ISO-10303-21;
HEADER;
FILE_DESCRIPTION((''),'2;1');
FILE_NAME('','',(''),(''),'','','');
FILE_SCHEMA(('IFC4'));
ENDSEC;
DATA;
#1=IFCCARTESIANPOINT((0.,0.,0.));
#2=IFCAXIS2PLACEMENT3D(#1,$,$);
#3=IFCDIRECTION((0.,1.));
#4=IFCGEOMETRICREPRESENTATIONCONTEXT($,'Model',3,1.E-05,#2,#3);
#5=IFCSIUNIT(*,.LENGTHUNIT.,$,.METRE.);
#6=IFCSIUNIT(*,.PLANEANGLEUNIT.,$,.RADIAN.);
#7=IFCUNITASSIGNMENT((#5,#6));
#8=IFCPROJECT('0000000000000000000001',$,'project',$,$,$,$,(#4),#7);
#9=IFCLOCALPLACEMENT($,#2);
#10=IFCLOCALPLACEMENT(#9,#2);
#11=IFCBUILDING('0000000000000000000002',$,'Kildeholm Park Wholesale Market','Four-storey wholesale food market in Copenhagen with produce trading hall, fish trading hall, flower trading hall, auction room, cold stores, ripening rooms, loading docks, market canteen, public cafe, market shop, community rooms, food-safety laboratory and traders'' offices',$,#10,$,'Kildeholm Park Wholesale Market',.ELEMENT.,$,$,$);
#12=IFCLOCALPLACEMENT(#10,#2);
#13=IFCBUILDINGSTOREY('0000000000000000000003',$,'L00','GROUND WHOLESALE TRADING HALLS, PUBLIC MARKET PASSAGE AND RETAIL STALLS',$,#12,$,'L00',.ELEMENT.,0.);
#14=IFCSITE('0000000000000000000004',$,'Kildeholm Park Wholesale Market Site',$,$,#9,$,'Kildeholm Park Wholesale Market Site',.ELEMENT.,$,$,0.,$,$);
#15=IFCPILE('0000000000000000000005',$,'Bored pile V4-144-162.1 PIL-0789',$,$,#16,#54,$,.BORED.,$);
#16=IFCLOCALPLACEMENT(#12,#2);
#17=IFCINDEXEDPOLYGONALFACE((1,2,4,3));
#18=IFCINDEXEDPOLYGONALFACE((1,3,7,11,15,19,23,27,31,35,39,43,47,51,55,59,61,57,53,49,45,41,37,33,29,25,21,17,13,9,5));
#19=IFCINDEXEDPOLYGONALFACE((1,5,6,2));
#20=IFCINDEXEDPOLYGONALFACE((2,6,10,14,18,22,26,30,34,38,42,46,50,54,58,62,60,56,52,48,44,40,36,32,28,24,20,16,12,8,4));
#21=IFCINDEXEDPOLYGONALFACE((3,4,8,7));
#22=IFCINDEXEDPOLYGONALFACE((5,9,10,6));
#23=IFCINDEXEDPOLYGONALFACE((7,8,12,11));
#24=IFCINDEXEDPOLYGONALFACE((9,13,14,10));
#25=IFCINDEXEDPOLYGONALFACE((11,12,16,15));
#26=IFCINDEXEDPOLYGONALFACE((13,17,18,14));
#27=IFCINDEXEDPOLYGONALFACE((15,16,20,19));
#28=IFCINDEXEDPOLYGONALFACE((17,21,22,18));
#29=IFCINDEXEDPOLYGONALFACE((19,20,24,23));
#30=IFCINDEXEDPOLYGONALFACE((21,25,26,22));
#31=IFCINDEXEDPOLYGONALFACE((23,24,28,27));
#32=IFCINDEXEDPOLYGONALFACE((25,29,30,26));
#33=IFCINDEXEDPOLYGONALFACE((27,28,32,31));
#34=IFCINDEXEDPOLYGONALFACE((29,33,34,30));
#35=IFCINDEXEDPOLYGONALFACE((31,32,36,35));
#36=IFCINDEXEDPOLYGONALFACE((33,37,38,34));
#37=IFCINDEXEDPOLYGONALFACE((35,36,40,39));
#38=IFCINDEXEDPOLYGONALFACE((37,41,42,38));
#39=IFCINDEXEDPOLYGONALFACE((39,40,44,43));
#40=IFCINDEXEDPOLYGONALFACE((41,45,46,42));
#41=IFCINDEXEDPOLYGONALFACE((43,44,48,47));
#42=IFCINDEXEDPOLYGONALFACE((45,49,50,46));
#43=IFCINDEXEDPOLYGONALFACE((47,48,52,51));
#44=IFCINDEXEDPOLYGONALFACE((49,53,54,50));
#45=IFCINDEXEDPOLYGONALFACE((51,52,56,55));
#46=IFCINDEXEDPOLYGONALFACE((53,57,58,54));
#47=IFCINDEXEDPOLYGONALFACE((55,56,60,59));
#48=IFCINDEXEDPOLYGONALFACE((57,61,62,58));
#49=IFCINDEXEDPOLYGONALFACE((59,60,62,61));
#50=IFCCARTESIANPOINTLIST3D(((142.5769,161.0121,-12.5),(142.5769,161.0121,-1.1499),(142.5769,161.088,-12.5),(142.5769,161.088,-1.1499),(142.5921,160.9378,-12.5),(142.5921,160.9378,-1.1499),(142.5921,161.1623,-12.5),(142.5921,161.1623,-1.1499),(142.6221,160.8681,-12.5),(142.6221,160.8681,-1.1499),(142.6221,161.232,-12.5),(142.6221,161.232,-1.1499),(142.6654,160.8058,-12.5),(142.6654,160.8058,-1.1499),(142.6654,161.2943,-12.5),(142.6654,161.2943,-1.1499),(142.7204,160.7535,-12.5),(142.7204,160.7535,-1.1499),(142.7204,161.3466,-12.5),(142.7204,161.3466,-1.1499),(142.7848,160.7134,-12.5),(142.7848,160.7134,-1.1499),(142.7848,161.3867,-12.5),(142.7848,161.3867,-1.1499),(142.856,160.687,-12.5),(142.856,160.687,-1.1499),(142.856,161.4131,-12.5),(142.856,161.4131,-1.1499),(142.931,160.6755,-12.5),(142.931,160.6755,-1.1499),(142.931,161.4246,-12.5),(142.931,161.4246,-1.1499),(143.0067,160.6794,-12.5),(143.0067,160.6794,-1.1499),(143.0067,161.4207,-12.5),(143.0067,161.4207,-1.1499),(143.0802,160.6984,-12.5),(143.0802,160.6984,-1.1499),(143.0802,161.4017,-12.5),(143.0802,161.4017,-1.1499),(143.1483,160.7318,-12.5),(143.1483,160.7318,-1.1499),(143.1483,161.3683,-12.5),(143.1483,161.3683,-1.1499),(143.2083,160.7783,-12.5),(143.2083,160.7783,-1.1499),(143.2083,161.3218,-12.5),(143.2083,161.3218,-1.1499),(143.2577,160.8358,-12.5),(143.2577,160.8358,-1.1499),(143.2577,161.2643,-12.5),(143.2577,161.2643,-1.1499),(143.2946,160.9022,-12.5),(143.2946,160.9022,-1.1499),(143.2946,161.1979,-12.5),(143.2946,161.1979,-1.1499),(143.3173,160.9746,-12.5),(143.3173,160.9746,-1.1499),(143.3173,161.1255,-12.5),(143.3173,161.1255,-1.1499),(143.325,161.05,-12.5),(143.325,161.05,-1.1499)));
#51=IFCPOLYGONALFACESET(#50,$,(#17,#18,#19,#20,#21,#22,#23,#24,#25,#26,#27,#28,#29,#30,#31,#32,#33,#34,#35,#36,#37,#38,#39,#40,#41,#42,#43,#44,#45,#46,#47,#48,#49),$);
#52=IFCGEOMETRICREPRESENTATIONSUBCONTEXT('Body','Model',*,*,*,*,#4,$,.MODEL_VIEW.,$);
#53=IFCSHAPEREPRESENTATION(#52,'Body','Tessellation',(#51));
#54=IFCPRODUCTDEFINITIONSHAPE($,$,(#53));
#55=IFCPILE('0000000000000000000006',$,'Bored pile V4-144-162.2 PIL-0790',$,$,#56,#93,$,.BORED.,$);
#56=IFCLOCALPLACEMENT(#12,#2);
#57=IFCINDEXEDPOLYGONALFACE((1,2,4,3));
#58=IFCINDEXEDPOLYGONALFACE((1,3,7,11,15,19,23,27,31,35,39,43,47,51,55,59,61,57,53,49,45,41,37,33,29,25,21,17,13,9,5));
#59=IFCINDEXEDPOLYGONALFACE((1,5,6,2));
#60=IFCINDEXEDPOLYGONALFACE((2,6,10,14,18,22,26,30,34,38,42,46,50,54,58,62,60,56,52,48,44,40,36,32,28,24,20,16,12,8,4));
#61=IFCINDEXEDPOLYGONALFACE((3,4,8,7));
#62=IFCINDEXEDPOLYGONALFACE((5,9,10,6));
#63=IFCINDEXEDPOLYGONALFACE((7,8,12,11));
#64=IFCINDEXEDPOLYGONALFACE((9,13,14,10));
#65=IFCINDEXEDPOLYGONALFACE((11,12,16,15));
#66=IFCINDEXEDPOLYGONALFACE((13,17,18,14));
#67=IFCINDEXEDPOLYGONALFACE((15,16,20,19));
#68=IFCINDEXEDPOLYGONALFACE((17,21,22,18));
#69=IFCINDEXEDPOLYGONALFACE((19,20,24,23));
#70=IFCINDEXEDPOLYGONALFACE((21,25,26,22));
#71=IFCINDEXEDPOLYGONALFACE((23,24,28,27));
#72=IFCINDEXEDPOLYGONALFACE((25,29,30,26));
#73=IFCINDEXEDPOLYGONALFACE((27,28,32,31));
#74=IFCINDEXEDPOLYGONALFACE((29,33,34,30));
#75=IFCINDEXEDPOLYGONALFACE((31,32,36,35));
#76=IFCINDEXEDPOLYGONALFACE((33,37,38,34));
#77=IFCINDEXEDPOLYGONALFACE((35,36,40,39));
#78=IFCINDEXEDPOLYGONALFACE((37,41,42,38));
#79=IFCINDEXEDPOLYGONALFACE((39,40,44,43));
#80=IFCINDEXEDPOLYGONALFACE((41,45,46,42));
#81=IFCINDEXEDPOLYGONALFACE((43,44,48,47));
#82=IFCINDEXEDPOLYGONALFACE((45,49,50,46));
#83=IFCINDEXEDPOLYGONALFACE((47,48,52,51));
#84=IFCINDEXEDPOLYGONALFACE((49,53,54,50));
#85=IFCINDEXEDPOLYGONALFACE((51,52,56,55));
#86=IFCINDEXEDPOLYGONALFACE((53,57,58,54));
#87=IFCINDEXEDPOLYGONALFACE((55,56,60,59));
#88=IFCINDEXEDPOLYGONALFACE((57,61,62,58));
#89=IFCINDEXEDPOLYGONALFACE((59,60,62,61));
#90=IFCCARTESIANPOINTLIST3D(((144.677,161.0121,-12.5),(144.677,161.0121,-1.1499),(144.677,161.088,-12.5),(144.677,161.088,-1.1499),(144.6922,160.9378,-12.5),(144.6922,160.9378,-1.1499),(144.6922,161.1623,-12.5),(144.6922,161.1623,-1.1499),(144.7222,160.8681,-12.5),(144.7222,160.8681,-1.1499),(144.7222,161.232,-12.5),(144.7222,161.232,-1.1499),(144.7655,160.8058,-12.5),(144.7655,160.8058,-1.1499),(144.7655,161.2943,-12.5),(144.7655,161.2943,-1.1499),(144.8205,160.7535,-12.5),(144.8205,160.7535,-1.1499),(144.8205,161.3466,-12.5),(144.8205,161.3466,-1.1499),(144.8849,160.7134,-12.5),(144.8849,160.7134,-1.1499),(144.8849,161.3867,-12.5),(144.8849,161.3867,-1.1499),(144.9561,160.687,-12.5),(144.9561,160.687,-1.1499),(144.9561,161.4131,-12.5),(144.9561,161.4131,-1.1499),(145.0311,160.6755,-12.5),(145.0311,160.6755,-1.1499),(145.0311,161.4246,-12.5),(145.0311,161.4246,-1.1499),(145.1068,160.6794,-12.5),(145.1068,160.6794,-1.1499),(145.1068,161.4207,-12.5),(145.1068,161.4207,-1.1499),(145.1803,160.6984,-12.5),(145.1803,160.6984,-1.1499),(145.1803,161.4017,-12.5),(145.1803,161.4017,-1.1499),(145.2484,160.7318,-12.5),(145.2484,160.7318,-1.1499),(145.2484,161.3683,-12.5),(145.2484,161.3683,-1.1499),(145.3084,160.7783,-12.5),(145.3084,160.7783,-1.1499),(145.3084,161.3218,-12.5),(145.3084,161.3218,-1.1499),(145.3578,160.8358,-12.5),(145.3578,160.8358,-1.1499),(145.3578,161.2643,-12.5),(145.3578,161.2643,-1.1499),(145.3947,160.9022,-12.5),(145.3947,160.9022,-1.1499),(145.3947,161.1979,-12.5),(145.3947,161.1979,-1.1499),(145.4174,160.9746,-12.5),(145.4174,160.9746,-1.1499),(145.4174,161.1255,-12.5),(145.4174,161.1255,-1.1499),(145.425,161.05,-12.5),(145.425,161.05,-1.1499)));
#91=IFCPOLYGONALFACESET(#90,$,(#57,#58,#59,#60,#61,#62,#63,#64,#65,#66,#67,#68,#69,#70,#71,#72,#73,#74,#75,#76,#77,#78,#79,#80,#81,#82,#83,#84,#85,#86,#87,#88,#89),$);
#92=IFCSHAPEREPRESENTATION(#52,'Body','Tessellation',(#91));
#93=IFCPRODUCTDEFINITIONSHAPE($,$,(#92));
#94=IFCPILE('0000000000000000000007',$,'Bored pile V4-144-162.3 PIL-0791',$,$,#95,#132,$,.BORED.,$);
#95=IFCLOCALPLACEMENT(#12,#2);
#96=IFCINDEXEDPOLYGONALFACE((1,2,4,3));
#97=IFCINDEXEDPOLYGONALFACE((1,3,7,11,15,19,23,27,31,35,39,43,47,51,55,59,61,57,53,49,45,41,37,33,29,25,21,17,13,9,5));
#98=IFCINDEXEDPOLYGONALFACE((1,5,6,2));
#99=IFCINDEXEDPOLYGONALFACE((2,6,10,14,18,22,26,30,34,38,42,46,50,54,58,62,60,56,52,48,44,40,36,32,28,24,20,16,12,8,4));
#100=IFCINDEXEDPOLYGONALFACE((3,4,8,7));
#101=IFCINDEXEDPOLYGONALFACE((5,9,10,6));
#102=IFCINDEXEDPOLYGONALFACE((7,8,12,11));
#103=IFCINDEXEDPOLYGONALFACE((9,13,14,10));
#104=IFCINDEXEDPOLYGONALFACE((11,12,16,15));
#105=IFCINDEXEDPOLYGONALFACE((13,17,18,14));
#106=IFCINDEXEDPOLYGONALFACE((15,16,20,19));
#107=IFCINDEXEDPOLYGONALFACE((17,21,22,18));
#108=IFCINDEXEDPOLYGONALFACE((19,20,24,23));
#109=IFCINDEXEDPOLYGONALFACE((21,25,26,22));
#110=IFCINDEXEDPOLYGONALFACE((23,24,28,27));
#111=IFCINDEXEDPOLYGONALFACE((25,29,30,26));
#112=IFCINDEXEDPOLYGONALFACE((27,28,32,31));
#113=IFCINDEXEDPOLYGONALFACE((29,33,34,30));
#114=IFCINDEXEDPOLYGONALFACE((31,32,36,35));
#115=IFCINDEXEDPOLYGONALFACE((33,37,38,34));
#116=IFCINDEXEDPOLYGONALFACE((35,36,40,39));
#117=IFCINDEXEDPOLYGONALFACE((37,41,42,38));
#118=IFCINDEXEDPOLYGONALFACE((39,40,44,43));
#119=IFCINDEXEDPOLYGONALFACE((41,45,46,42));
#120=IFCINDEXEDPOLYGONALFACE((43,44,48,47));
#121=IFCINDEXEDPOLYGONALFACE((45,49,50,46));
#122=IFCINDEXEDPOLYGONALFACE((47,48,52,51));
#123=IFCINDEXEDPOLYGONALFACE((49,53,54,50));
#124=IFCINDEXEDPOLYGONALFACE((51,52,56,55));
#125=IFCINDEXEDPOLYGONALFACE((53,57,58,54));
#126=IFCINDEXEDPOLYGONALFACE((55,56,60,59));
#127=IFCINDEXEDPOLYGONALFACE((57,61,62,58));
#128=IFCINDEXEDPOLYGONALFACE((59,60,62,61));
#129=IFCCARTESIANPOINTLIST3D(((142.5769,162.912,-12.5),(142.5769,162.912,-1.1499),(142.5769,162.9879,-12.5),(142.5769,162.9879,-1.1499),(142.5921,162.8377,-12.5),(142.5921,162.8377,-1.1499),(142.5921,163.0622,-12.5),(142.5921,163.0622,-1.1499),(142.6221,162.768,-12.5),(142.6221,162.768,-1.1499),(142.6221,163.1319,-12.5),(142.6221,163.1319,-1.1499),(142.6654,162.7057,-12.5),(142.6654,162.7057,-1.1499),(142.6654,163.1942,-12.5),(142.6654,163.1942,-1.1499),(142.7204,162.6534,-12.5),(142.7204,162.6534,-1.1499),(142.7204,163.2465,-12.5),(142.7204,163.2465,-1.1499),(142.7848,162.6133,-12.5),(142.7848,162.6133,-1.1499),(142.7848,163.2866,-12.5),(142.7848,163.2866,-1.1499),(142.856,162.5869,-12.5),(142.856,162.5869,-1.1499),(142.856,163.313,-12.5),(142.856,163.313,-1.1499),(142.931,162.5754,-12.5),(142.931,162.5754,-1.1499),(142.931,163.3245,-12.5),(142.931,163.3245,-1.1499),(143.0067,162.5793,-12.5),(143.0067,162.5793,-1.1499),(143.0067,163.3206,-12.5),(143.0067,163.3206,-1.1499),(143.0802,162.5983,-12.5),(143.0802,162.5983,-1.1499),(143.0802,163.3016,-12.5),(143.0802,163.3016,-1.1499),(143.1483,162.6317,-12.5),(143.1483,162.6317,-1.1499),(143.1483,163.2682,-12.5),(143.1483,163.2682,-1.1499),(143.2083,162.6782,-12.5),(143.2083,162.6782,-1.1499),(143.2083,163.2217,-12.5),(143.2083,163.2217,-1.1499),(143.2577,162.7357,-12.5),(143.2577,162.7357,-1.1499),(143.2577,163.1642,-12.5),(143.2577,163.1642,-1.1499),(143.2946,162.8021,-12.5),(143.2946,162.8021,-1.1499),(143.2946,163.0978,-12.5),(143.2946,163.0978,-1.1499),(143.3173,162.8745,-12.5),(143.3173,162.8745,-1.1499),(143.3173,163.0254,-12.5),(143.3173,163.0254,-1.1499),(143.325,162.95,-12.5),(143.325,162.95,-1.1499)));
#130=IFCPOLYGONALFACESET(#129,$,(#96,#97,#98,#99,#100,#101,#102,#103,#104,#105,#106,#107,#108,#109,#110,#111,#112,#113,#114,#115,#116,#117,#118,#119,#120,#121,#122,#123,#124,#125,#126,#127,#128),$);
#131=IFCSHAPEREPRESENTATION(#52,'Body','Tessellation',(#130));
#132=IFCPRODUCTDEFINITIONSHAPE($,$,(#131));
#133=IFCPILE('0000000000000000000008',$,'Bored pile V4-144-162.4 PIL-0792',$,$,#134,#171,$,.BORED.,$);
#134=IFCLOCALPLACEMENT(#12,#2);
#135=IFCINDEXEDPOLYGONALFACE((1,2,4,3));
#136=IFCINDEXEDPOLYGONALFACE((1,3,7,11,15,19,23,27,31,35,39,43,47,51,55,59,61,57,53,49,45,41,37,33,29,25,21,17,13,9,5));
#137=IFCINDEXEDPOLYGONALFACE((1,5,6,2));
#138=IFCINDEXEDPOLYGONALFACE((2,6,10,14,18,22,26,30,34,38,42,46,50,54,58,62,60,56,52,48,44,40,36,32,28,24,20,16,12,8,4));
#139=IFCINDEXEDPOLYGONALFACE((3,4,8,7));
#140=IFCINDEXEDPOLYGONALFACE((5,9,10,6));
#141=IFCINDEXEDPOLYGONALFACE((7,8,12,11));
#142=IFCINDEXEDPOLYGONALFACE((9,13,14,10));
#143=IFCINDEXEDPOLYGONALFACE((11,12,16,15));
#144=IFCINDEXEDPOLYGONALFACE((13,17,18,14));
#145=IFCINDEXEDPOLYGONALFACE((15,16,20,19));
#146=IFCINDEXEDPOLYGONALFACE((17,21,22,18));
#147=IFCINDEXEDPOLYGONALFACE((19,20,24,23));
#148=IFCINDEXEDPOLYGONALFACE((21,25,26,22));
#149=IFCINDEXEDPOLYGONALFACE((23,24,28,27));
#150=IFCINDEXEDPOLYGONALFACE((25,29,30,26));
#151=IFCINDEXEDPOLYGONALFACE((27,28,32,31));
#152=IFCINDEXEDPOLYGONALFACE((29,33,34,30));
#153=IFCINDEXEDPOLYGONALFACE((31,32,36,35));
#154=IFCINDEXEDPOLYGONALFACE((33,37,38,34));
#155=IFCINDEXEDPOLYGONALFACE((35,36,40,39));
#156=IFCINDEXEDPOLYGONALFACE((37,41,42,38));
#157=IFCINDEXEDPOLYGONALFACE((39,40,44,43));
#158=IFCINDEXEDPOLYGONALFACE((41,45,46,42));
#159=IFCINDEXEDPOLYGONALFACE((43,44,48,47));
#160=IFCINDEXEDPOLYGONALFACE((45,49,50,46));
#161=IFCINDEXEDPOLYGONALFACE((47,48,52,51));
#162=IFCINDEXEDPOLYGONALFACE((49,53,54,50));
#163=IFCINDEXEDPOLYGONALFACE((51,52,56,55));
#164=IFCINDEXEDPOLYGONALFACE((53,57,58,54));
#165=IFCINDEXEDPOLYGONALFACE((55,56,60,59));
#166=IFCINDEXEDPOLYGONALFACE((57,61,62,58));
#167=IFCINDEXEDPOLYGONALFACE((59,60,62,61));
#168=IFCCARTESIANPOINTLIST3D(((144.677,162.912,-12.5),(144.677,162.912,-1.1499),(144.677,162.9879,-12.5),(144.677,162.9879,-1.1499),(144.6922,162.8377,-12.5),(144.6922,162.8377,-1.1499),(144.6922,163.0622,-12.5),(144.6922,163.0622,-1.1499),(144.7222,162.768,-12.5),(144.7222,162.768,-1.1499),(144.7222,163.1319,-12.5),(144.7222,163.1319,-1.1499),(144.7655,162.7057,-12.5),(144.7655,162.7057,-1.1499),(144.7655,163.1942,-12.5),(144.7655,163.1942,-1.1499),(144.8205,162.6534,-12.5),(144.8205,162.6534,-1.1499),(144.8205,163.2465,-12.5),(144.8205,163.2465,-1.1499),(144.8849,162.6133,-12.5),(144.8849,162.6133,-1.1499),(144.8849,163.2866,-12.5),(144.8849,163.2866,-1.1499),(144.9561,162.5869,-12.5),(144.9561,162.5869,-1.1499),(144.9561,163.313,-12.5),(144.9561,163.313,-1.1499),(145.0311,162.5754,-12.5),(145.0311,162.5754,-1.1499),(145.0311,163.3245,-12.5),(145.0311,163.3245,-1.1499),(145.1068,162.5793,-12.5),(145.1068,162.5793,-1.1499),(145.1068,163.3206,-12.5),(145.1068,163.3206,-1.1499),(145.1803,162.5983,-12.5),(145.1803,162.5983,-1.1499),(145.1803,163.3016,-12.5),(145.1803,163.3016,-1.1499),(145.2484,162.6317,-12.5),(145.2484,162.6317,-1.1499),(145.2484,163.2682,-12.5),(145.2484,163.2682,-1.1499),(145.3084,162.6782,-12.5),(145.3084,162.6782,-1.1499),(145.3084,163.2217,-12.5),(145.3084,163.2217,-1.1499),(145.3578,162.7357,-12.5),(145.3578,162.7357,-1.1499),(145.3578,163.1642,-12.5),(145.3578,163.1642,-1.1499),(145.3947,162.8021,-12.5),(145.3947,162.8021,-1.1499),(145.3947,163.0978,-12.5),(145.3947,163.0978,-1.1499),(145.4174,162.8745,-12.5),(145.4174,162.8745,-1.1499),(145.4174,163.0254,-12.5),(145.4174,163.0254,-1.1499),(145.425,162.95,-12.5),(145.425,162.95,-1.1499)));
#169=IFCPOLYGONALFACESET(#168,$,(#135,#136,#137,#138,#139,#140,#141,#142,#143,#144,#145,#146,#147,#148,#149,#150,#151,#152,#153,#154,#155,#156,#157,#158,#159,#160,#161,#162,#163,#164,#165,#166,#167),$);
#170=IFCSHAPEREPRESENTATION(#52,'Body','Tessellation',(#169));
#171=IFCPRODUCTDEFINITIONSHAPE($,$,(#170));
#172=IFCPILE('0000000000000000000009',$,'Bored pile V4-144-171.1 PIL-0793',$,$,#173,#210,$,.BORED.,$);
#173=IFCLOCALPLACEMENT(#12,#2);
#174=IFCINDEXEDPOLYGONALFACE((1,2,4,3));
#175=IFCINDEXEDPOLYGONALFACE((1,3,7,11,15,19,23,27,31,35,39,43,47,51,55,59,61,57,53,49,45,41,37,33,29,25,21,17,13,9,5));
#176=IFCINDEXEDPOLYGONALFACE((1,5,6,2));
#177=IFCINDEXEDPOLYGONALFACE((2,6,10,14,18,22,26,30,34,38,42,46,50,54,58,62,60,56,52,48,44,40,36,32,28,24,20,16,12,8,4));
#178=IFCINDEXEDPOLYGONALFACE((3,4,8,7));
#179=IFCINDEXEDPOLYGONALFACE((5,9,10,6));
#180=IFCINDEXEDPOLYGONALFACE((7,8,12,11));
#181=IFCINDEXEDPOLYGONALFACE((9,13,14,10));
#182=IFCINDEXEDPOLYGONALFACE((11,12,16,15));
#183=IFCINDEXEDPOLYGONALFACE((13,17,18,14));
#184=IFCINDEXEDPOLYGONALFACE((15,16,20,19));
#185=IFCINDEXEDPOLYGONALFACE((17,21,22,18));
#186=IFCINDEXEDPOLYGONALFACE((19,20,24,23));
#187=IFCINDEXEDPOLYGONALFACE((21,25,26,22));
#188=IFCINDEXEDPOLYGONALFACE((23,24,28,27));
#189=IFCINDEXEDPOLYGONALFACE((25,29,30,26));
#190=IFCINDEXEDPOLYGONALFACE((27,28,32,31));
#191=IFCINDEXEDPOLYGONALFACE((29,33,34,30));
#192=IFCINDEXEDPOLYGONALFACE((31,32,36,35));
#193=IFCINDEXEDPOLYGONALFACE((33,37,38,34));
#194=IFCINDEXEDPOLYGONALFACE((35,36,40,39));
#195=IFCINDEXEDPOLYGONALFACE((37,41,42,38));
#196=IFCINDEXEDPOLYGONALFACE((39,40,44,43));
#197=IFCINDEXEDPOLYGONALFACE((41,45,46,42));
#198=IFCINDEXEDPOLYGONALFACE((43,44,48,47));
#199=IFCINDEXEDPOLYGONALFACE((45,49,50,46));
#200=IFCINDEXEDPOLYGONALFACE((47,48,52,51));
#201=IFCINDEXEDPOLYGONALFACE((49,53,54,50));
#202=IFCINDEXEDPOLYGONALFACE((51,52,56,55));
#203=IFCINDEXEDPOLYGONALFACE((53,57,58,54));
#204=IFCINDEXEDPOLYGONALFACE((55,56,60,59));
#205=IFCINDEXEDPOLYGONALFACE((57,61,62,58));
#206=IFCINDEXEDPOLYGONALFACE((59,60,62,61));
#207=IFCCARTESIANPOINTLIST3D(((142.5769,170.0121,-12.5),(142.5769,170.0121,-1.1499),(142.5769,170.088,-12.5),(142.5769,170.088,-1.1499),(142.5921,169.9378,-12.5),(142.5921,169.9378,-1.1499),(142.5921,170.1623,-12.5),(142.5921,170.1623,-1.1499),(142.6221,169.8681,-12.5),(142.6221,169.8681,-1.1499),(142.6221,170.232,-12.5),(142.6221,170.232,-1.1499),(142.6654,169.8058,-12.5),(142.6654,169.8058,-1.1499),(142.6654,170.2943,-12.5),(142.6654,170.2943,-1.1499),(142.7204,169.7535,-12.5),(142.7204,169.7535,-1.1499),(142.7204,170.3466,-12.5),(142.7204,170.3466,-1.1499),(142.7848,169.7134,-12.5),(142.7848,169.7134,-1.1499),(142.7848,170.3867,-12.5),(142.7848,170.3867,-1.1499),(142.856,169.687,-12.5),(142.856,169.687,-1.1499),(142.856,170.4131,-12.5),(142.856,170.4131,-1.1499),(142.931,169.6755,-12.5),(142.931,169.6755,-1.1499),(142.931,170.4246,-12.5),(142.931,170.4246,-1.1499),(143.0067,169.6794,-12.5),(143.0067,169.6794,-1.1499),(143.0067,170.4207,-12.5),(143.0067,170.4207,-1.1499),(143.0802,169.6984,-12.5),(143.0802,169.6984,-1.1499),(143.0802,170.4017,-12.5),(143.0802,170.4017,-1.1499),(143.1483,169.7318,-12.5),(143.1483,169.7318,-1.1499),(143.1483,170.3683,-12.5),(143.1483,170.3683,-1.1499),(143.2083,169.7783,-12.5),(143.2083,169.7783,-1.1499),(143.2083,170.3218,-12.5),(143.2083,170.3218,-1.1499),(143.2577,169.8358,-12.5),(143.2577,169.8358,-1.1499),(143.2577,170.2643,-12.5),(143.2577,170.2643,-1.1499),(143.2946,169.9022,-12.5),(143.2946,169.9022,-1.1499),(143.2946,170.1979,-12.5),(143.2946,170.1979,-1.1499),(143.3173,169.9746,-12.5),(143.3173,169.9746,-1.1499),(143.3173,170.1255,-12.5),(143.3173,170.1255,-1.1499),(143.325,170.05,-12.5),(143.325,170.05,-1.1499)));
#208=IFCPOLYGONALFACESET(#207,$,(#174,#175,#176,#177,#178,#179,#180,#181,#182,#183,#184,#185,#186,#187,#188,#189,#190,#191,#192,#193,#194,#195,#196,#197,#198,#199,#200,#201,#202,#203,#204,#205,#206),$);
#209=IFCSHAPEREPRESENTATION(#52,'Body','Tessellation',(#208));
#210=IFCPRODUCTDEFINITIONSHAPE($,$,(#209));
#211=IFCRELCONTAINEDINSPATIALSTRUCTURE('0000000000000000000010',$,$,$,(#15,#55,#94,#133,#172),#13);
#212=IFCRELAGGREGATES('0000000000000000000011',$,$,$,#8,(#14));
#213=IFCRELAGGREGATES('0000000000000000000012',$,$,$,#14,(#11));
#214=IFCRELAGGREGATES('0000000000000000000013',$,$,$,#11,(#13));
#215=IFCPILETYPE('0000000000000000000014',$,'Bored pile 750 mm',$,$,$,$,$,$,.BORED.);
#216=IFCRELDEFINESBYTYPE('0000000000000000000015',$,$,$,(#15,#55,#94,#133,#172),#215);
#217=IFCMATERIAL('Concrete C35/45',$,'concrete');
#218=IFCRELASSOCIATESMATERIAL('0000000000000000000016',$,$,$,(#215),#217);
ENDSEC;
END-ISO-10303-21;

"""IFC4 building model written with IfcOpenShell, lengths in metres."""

from ifc_helpers import new_model, si_unit, direction, frame, origin, origin_2d, place, context, subcontext, project, spatial, circle, extrude, material, material_profile, profile_set, type_object, element, save


model = new_model("IFC4")

# Units and contexts
model_context = context("Model", 3, precision=1e-05, world=origin(), true_north=direction((0.0, 1.0)))
body_context = subcontext(model_context, "Body", "Model", "MODEL_VIEW")
ifc_project = project(units=[si_unit("LENGTHUNIT", "METRE"), si_unit("PLANEANGLEUNIT", "RADIAN")], contexts=[model_context])

# Site, building, storey
site_placement = place(None, origin())
site = spatial("IfcSite", under=ifc_project, at=site_placement, Name="Kildeholm Park Wholesale Market Site", LongName="Kildeholm Park Wholesale Market Site", CompositionType="ELEMENT", RefElevation=0.0)
building_placement = place(site_placement, origin())
building = spatial("IfcBuilding", under=site, at=building_placement, Name="Kildeholm Park Wholesale Market", Description="Four-storey wholesale food market in Copenhagen with produce trading hall, fish trading hall, flower trading hall, auction room, cold stores, ripening rooms, loading docks, market canteen, public cafe, market shop, community rooms, food-safety laboratory and traders' offices", LongName="Kildeholm Park Wholesale Market", CompositionType="ELEMENT")
storey_placement = place(building_placement, origin())
storey = spatial("IfcBuildingStorey", under=building, at=storey_placement, Name="L00", Description="GROUND WHOLESALE TRADING HALLS, PUBLIC MARKET PASSAGE AND RETAIL STALLS", LongName="L00", CompositionType="ELEMENT", Elevation=0.0)

# Piles
ifc_material_1 = material(Name="Concrete C35/45", Category="concrete")
ifc_material_profile_1 = material_profile(ifc_material_1, circle(Radius=0.375, at=origin_2d()), Name="PILE D750")
ifc_profile_set_1 = profile_set([ifc_material_profile_1], Name="Concrete C35/45")
pile_type = type_object("IfcPileType", Name="Bored pile 750 mm", PredefinedType="BORED", material=ifc_profile_set_1)
for number, where, z_axis, x_axis, name in (
    (1, (142.95, 161.05, -1.1499), (0.0, 0.0, -1.0), (1.0, 0.0, 0.0), "Bored pile V4-144-162.1 PIL-0789"),
    (2, (145.05, 161.05, -1.1499), (0.0, 0.0, -1.0), (1.0, 0.0, 0.0), "Bored pile V4-144-162.2 PIL-0790"),
    (3, (142.95, 162.95, -1.1499), (0.0, 0.0, -1.0), (1.0, 0.0, 0.0), "Bored pile V4-144-162.3 PIL-0791"),
    (4, (145.05, 162.95, -1.1499), (0.0, 0.0, -1.0), (1.0, 0.0, 0.0), "Bored pile V4-144-162.4 PIL-0792"),
    (5, (142.95, 170.05, -1.1499), (0.0, 0.0, -1.0), (1.0, 0.0, 0.0), "Bored pile V4-144-171.1 PIL-0793"),
):
    element("IfcPile", number, at=place(storey_placement, frame(where, z_axis=z_axis, x_axis=x_axis)), inside=storey, type_object=pile_type, Name=name, PredefinedType="BORED", context=body_context, shape_type="SweptSolid", body=[
        extrude(circle(Radius=0.375, at=origin_2d()), origin(), (0.0, 0.0, 1.0), 11.3501),
    ])

save(model, "model.ifc")
